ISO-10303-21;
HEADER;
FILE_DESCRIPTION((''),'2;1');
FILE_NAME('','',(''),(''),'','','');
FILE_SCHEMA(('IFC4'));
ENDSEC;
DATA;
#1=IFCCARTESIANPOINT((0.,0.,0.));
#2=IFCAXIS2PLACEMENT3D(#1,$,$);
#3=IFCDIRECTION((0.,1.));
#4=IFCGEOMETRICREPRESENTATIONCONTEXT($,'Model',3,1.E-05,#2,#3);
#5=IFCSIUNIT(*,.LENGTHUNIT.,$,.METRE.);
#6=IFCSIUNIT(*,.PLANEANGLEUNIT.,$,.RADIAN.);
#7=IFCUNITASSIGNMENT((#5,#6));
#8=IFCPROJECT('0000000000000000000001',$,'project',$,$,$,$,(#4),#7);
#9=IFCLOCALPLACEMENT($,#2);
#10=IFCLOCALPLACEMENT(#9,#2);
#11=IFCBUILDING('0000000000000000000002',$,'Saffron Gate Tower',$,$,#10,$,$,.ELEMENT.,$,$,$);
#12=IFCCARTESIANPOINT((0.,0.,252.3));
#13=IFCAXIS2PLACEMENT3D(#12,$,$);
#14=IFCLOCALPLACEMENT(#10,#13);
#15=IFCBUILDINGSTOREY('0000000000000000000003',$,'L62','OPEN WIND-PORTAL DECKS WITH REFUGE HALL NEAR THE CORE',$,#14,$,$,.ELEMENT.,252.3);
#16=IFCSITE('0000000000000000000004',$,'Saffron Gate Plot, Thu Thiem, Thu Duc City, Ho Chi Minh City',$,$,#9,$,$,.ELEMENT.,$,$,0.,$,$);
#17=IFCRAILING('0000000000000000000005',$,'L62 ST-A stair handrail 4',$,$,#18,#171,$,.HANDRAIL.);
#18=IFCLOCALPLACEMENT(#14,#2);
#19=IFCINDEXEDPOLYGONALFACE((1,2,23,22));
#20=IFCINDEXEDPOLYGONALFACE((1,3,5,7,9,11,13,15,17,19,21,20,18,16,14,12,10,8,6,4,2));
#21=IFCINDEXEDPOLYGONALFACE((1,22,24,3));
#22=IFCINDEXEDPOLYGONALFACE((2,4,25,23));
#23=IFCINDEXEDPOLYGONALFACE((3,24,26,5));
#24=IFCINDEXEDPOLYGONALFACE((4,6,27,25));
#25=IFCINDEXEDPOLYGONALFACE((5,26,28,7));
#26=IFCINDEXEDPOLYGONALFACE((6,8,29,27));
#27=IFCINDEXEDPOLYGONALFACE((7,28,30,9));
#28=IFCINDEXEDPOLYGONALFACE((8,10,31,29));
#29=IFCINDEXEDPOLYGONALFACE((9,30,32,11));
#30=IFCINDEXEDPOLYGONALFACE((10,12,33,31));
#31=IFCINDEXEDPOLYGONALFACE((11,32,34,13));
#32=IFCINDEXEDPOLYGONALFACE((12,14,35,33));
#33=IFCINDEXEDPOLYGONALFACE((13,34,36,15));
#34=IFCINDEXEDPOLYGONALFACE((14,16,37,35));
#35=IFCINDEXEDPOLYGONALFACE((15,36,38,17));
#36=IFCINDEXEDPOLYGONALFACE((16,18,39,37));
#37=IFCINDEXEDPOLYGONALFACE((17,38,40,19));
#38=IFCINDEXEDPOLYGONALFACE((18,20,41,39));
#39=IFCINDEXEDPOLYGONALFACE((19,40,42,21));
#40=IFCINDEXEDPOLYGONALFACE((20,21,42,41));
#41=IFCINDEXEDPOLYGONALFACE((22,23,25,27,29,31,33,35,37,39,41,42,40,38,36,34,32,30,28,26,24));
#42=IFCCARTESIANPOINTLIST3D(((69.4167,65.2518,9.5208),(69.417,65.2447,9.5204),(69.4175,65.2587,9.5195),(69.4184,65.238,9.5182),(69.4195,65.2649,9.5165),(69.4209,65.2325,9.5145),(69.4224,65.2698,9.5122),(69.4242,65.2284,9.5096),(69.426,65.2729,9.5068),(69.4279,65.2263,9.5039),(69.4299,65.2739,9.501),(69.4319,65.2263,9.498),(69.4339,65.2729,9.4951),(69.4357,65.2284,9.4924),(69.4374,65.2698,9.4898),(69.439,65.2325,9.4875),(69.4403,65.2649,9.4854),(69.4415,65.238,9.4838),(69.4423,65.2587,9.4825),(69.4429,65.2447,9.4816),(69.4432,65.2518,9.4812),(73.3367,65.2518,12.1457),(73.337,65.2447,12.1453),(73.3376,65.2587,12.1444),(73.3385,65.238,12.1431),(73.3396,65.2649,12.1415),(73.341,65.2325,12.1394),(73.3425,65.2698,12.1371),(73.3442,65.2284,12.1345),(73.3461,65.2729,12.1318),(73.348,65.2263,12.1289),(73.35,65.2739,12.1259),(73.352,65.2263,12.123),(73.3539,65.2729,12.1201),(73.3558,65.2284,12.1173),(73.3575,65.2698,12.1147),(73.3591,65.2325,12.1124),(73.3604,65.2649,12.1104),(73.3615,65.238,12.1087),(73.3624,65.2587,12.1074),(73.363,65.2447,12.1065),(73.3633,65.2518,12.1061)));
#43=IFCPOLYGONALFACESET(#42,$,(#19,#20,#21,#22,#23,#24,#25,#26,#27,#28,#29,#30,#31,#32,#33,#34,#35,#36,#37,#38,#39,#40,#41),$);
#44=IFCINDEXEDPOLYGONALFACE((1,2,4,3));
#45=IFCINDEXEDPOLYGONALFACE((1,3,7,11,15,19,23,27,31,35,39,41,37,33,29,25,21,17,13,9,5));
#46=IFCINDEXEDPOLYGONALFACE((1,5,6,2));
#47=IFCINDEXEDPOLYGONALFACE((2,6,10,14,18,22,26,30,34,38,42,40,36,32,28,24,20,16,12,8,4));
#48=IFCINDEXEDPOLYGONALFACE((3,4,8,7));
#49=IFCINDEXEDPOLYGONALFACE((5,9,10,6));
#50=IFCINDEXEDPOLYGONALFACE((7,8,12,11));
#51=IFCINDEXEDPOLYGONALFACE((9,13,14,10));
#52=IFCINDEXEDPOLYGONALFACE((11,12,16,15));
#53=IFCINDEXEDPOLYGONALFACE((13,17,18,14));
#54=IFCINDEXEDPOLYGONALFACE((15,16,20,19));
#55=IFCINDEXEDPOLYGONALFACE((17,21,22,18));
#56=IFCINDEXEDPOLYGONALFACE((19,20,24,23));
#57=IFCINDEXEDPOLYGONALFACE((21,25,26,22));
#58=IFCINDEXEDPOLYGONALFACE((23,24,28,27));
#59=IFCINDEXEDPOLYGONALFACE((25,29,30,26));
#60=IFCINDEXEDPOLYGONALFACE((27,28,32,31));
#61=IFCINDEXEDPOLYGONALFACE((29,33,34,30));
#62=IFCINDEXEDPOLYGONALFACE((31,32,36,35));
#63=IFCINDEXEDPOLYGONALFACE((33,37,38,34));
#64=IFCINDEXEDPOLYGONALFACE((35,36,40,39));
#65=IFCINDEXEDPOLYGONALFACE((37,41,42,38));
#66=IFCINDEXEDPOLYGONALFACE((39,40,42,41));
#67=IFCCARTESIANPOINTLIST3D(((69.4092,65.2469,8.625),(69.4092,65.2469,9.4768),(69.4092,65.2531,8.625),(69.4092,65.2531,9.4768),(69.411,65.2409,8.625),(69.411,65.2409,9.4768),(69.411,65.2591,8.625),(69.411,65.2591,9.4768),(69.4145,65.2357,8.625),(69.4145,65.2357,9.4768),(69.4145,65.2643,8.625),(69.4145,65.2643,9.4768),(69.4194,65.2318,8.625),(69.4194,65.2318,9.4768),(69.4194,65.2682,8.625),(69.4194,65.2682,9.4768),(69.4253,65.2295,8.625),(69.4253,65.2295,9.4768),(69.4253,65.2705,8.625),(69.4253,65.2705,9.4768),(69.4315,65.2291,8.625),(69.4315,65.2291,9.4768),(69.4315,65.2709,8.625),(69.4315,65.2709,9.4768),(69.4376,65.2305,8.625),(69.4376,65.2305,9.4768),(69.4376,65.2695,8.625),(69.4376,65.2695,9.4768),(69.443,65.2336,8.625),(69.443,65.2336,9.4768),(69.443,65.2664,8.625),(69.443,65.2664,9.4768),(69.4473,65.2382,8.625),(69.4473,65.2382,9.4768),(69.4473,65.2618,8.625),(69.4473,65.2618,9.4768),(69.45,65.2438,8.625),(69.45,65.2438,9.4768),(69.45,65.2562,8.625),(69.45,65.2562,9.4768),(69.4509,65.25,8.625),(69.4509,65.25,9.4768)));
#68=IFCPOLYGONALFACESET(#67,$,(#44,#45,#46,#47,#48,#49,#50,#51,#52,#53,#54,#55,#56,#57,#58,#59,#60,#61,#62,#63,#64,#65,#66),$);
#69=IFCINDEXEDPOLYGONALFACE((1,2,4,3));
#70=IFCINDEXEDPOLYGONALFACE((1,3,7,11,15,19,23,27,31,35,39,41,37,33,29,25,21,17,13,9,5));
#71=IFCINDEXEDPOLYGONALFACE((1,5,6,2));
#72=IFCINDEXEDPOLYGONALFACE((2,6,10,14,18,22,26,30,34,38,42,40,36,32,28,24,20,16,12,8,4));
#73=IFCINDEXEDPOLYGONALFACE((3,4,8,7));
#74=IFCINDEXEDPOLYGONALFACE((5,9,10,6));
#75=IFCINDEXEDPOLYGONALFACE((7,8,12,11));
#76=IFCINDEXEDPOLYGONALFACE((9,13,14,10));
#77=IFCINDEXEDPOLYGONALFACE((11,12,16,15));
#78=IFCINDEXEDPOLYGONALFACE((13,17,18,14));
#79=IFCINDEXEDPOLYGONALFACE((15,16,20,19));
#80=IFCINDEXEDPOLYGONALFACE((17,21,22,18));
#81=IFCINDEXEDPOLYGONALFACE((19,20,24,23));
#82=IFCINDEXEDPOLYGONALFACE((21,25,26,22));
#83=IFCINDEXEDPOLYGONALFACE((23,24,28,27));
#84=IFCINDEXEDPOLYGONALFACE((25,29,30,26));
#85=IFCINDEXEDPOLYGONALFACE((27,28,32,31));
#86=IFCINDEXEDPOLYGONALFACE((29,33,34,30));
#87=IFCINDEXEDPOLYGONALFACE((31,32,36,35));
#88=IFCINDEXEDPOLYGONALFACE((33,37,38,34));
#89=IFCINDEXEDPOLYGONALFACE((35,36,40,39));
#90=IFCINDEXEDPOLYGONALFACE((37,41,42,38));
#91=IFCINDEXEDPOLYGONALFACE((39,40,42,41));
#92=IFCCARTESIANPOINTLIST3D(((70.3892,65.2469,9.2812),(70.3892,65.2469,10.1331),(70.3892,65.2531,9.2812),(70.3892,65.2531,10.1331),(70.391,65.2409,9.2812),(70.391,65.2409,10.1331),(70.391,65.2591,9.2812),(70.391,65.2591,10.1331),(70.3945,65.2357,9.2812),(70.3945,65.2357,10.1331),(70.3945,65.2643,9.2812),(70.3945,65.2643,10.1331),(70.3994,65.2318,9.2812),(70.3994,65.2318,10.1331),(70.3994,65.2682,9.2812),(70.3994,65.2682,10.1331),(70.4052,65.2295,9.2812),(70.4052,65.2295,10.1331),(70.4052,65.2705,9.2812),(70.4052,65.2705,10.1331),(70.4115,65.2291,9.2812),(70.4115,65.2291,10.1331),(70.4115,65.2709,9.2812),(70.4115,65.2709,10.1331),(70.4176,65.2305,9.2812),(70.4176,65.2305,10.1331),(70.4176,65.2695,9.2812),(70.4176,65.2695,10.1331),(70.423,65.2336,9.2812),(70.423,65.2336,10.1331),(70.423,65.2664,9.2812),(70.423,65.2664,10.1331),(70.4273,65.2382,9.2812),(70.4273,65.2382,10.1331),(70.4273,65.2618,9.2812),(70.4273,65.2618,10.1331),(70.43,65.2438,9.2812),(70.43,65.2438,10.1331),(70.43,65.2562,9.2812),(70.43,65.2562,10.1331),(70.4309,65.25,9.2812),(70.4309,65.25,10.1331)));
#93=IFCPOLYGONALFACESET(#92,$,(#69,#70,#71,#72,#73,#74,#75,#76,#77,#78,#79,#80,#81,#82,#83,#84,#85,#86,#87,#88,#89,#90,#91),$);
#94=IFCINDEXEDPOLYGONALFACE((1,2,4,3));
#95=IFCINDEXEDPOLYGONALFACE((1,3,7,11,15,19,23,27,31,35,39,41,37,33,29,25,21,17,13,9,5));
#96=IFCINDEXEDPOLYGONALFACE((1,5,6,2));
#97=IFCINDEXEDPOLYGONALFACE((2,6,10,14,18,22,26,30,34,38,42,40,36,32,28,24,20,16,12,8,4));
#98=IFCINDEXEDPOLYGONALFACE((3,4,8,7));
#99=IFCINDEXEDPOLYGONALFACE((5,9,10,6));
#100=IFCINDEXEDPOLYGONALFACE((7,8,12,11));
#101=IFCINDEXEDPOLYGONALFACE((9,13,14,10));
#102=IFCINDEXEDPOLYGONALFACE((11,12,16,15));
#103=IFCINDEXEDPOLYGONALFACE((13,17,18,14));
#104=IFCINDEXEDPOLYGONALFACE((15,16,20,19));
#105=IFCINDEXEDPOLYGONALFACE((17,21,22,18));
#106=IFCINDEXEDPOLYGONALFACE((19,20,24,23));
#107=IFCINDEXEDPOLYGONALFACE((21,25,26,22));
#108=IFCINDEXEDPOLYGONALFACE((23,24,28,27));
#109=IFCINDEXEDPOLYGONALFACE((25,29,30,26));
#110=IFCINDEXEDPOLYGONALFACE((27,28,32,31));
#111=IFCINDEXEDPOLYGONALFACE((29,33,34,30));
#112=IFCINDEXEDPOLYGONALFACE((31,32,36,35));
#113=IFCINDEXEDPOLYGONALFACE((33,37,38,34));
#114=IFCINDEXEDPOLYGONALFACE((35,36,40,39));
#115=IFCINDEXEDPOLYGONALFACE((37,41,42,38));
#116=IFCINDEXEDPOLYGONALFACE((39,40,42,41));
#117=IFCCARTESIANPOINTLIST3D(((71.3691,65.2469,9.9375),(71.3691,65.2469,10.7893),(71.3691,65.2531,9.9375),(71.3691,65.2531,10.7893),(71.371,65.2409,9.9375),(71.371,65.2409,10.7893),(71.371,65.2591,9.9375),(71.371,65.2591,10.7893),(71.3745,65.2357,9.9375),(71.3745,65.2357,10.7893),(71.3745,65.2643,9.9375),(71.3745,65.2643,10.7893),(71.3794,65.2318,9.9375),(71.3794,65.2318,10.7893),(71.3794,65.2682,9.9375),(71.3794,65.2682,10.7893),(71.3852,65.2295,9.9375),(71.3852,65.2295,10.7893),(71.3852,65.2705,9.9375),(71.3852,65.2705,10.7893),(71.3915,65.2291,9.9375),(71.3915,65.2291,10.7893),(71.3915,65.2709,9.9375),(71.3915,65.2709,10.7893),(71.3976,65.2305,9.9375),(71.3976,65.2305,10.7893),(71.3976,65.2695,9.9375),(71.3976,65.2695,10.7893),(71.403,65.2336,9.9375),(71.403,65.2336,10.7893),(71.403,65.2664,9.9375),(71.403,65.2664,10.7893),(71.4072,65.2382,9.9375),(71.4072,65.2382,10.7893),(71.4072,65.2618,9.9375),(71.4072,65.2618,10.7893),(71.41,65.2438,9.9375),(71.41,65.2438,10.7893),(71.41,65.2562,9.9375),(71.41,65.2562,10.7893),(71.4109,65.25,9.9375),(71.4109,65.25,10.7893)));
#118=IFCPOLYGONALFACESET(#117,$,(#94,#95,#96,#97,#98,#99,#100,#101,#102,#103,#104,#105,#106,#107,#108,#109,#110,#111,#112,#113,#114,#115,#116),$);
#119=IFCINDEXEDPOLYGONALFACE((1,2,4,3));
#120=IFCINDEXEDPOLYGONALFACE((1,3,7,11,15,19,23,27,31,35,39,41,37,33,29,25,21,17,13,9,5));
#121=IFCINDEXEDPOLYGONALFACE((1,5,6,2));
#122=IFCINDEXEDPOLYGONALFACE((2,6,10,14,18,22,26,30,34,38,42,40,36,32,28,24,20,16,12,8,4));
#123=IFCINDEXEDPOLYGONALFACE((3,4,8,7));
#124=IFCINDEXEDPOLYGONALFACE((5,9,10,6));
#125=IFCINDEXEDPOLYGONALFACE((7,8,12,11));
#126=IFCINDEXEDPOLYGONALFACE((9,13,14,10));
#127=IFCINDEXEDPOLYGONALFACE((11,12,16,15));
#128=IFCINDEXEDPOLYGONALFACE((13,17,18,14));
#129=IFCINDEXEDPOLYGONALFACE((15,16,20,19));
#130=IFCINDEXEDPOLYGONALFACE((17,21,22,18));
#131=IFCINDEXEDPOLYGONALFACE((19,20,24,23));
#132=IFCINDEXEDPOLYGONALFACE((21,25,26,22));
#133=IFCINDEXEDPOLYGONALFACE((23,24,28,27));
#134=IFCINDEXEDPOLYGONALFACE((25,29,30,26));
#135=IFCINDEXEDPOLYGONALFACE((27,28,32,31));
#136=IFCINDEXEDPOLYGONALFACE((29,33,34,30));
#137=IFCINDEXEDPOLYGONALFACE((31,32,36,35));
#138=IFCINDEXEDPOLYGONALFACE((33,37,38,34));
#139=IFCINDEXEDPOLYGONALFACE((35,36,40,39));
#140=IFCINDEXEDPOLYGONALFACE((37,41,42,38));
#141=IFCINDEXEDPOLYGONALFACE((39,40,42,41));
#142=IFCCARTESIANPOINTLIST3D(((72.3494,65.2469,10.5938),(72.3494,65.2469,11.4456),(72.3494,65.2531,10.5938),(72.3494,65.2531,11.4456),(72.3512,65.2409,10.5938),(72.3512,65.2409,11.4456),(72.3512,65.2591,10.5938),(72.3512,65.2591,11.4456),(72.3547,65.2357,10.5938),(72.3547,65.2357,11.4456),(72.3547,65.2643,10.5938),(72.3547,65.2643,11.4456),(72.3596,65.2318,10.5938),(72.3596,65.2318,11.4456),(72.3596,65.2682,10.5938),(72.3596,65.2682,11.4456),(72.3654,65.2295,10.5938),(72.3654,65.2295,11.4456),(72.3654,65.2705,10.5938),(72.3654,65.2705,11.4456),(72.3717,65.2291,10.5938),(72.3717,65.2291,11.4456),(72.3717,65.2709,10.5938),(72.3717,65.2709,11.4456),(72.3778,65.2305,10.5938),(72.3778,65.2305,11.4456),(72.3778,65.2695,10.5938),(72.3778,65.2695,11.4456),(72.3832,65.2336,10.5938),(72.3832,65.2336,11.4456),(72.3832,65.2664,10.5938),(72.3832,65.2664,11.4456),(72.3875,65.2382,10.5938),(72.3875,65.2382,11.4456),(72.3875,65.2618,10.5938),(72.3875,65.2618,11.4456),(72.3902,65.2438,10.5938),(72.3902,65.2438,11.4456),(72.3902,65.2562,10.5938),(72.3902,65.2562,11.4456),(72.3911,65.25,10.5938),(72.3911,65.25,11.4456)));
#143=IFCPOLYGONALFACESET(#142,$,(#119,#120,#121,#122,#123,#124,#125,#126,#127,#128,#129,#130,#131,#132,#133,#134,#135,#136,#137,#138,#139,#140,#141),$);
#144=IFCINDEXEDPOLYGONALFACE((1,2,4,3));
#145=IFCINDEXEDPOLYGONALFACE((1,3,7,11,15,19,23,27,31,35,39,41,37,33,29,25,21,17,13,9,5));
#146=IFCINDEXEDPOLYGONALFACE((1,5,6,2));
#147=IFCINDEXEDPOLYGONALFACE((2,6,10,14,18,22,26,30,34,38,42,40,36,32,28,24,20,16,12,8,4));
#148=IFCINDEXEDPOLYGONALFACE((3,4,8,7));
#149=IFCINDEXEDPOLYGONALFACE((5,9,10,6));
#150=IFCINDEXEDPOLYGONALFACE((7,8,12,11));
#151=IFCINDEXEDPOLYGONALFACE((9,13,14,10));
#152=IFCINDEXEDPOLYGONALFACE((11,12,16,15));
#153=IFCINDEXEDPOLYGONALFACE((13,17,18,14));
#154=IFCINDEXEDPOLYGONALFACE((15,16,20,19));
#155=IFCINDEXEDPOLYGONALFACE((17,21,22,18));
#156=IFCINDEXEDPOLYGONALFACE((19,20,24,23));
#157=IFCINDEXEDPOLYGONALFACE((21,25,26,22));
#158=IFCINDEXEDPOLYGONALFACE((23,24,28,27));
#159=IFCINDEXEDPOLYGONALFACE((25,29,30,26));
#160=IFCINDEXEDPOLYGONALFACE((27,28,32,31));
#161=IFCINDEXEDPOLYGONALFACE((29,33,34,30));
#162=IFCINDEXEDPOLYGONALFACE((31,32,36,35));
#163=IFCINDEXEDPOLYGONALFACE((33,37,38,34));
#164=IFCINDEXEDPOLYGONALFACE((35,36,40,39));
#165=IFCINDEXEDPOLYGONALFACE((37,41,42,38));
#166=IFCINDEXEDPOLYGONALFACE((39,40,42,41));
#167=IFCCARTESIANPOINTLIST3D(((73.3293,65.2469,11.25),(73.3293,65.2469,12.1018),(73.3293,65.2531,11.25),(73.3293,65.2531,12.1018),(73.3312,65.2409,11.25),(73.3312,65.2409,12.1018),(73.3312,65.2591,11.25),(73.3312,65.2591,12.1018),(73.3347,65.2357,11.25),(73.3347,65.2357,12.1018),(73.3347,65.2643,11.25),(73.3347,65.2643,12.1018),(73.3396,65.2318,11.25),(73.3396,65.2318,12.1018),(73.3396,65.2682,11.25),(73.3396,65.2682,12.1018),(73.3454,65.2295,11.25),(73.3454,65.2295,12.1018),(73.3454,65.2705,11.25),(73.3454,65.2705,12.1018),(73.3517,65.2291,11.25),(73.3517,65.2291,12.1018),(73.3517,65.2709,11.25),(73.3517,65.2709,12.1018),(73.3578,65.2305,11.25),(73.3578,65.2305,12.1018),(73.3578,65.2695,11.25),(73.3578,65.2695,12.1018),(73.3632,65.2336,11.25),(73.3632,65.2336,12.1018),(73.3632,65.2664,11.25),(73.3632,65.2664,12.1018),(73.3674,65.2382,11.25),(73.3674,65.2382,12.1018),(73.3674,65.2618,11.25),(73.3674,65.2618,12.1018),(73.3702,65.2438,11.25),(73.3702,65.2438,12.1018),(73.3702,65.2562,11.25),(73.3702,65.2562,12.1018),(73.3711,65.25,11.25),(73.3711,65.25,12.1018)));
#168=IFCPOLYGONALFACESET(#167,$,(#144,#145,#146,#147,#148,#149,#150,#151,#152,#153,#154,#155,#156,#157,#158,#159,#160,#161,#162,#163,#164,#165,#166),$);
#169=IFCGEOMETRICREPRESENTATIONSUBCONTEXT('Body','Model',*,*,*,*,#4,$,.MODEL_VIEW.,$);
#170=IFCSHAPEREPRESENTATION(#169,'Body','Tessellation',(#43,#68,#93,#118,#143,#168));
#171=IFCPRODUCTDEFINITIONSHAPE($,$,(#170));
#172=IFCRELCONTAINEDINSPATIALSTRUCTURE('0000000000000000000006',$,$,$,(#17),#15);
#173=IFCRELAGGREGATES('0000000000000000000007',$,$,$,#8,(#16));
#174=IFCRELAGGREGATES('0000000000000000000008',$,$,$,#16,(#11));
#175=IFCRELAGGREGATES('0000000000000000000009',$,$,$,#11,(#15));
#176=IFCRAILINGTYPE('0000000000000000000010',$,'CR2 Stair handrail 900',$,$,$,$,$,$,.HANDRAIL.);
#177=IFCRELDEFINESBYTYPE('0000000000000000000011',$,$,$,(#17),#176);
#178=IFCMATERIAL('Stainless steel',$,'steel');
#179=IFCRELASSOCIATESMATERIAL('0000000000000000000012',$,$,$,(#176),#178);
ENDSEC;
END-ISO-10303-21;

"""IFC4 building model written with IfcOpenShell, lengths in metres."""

from ifc_helpers import new_model, si_unit, direction, frame, origin, origin_2d, place, context, subcontext, project, spatial, circle, extrude, material, type_object, element, save


model = new_model("IFC4")

# Units and contexts
model_context = context("Model", 3, precision=1e-05, world=origin(), true_north=direction((0.0, 1.0)))
body_context = subcontext(model_context, "Body", "Model", "MODEL_VIEW")
ifc_project = project(units=[si_unit("LENGTHUNIT", "METRE"), si_unit("PLANEANGLEUNIT", "RADIAN")], contexts=[model_context])

# Site, building, storey
site_placement = place(None, origin())
site = spatial("IfcSite", under=ifc_project, at=site_placement, Name="Saffron Gate Plot, Thu Thiem, Thu Duc City, Ho Chi Minh City", CompositionType="ELEMENT", RefElevation=0.0)
building_placement = place(site_placement, origin())
building = spatial("IfcBuilding", under=site, at=building_placement, Name="Saffron Gate Tower", CompositionType="ELEMENT")
storey_placement = place(building_placement, frame((0.0, 0.0, 252.3)))
storey = spatial("IfcBuildingStorey", under=building, at=storey_placement, Name="L62", Description="OPEN WIND-PORTAL DECKS WITH REFUGE HALL NEAR THE CORE", CompositionType="ELEMENT", Elevation=252.3)

# Railing
ifc_material_1 = material(Name="Stainless steel", Category="steel")
railing_type_1 = type_object("IfcRailingType", Name="CR2 Stair handrail 900", PredefinedType="HANDRAIL", material=ifc_material_1)
for number, where, name in (
    (1, (69.4299, 65.25, 8.625), "L62 ST-A stair handrail 4"),
):
    element("IfcRailing", number, at=place(storey_placement, frame(where)), inside=storey, type_object=railing_type_1, Name=name, PredefinedType="HANDRAIL", context=body_context, shape_type="SweptSolid", body=[
        extrude(circle(Radius=0.0239, at=origin_2d()), frame((0.0, 0.0, 0.876), z_axis=(0.830918, 0.0, 0.556395), x_axis=(0.0, 1.0, 0.0)), (0.0, 0.0, 1.0), 4.7178),
        extrude(circle(Radius=0.021, at=origin_2d()), origin(), (0.0, 0.0, 1.0), 0.8518),
        extrude(circle(Radius=0.021, at=origin_2d()), frame((0.98, 0.0, 0.6562)), (0.0, 0.0, 1.0), 0.8518),
        extrude(circle(Radius=0.021, at=origin_2d()), frame((1.96, 0.0, 1.3125)), (0.0, 0.0, 1.0), 0.8518),
        extrude(circle(Radius=0.021, at=origin_2d()), frame((2.9402, 0.0, 1.9688)), (0.0, 0.0, 1.0), 0.8518),
        extrude(circle(Radius=0.021, at=origin_2d()), frame((3.9202, 0.0, 2.625)), (0.0, 0.0, 1.0), 0.8518),
    ])

save(model, "model.ifc")
